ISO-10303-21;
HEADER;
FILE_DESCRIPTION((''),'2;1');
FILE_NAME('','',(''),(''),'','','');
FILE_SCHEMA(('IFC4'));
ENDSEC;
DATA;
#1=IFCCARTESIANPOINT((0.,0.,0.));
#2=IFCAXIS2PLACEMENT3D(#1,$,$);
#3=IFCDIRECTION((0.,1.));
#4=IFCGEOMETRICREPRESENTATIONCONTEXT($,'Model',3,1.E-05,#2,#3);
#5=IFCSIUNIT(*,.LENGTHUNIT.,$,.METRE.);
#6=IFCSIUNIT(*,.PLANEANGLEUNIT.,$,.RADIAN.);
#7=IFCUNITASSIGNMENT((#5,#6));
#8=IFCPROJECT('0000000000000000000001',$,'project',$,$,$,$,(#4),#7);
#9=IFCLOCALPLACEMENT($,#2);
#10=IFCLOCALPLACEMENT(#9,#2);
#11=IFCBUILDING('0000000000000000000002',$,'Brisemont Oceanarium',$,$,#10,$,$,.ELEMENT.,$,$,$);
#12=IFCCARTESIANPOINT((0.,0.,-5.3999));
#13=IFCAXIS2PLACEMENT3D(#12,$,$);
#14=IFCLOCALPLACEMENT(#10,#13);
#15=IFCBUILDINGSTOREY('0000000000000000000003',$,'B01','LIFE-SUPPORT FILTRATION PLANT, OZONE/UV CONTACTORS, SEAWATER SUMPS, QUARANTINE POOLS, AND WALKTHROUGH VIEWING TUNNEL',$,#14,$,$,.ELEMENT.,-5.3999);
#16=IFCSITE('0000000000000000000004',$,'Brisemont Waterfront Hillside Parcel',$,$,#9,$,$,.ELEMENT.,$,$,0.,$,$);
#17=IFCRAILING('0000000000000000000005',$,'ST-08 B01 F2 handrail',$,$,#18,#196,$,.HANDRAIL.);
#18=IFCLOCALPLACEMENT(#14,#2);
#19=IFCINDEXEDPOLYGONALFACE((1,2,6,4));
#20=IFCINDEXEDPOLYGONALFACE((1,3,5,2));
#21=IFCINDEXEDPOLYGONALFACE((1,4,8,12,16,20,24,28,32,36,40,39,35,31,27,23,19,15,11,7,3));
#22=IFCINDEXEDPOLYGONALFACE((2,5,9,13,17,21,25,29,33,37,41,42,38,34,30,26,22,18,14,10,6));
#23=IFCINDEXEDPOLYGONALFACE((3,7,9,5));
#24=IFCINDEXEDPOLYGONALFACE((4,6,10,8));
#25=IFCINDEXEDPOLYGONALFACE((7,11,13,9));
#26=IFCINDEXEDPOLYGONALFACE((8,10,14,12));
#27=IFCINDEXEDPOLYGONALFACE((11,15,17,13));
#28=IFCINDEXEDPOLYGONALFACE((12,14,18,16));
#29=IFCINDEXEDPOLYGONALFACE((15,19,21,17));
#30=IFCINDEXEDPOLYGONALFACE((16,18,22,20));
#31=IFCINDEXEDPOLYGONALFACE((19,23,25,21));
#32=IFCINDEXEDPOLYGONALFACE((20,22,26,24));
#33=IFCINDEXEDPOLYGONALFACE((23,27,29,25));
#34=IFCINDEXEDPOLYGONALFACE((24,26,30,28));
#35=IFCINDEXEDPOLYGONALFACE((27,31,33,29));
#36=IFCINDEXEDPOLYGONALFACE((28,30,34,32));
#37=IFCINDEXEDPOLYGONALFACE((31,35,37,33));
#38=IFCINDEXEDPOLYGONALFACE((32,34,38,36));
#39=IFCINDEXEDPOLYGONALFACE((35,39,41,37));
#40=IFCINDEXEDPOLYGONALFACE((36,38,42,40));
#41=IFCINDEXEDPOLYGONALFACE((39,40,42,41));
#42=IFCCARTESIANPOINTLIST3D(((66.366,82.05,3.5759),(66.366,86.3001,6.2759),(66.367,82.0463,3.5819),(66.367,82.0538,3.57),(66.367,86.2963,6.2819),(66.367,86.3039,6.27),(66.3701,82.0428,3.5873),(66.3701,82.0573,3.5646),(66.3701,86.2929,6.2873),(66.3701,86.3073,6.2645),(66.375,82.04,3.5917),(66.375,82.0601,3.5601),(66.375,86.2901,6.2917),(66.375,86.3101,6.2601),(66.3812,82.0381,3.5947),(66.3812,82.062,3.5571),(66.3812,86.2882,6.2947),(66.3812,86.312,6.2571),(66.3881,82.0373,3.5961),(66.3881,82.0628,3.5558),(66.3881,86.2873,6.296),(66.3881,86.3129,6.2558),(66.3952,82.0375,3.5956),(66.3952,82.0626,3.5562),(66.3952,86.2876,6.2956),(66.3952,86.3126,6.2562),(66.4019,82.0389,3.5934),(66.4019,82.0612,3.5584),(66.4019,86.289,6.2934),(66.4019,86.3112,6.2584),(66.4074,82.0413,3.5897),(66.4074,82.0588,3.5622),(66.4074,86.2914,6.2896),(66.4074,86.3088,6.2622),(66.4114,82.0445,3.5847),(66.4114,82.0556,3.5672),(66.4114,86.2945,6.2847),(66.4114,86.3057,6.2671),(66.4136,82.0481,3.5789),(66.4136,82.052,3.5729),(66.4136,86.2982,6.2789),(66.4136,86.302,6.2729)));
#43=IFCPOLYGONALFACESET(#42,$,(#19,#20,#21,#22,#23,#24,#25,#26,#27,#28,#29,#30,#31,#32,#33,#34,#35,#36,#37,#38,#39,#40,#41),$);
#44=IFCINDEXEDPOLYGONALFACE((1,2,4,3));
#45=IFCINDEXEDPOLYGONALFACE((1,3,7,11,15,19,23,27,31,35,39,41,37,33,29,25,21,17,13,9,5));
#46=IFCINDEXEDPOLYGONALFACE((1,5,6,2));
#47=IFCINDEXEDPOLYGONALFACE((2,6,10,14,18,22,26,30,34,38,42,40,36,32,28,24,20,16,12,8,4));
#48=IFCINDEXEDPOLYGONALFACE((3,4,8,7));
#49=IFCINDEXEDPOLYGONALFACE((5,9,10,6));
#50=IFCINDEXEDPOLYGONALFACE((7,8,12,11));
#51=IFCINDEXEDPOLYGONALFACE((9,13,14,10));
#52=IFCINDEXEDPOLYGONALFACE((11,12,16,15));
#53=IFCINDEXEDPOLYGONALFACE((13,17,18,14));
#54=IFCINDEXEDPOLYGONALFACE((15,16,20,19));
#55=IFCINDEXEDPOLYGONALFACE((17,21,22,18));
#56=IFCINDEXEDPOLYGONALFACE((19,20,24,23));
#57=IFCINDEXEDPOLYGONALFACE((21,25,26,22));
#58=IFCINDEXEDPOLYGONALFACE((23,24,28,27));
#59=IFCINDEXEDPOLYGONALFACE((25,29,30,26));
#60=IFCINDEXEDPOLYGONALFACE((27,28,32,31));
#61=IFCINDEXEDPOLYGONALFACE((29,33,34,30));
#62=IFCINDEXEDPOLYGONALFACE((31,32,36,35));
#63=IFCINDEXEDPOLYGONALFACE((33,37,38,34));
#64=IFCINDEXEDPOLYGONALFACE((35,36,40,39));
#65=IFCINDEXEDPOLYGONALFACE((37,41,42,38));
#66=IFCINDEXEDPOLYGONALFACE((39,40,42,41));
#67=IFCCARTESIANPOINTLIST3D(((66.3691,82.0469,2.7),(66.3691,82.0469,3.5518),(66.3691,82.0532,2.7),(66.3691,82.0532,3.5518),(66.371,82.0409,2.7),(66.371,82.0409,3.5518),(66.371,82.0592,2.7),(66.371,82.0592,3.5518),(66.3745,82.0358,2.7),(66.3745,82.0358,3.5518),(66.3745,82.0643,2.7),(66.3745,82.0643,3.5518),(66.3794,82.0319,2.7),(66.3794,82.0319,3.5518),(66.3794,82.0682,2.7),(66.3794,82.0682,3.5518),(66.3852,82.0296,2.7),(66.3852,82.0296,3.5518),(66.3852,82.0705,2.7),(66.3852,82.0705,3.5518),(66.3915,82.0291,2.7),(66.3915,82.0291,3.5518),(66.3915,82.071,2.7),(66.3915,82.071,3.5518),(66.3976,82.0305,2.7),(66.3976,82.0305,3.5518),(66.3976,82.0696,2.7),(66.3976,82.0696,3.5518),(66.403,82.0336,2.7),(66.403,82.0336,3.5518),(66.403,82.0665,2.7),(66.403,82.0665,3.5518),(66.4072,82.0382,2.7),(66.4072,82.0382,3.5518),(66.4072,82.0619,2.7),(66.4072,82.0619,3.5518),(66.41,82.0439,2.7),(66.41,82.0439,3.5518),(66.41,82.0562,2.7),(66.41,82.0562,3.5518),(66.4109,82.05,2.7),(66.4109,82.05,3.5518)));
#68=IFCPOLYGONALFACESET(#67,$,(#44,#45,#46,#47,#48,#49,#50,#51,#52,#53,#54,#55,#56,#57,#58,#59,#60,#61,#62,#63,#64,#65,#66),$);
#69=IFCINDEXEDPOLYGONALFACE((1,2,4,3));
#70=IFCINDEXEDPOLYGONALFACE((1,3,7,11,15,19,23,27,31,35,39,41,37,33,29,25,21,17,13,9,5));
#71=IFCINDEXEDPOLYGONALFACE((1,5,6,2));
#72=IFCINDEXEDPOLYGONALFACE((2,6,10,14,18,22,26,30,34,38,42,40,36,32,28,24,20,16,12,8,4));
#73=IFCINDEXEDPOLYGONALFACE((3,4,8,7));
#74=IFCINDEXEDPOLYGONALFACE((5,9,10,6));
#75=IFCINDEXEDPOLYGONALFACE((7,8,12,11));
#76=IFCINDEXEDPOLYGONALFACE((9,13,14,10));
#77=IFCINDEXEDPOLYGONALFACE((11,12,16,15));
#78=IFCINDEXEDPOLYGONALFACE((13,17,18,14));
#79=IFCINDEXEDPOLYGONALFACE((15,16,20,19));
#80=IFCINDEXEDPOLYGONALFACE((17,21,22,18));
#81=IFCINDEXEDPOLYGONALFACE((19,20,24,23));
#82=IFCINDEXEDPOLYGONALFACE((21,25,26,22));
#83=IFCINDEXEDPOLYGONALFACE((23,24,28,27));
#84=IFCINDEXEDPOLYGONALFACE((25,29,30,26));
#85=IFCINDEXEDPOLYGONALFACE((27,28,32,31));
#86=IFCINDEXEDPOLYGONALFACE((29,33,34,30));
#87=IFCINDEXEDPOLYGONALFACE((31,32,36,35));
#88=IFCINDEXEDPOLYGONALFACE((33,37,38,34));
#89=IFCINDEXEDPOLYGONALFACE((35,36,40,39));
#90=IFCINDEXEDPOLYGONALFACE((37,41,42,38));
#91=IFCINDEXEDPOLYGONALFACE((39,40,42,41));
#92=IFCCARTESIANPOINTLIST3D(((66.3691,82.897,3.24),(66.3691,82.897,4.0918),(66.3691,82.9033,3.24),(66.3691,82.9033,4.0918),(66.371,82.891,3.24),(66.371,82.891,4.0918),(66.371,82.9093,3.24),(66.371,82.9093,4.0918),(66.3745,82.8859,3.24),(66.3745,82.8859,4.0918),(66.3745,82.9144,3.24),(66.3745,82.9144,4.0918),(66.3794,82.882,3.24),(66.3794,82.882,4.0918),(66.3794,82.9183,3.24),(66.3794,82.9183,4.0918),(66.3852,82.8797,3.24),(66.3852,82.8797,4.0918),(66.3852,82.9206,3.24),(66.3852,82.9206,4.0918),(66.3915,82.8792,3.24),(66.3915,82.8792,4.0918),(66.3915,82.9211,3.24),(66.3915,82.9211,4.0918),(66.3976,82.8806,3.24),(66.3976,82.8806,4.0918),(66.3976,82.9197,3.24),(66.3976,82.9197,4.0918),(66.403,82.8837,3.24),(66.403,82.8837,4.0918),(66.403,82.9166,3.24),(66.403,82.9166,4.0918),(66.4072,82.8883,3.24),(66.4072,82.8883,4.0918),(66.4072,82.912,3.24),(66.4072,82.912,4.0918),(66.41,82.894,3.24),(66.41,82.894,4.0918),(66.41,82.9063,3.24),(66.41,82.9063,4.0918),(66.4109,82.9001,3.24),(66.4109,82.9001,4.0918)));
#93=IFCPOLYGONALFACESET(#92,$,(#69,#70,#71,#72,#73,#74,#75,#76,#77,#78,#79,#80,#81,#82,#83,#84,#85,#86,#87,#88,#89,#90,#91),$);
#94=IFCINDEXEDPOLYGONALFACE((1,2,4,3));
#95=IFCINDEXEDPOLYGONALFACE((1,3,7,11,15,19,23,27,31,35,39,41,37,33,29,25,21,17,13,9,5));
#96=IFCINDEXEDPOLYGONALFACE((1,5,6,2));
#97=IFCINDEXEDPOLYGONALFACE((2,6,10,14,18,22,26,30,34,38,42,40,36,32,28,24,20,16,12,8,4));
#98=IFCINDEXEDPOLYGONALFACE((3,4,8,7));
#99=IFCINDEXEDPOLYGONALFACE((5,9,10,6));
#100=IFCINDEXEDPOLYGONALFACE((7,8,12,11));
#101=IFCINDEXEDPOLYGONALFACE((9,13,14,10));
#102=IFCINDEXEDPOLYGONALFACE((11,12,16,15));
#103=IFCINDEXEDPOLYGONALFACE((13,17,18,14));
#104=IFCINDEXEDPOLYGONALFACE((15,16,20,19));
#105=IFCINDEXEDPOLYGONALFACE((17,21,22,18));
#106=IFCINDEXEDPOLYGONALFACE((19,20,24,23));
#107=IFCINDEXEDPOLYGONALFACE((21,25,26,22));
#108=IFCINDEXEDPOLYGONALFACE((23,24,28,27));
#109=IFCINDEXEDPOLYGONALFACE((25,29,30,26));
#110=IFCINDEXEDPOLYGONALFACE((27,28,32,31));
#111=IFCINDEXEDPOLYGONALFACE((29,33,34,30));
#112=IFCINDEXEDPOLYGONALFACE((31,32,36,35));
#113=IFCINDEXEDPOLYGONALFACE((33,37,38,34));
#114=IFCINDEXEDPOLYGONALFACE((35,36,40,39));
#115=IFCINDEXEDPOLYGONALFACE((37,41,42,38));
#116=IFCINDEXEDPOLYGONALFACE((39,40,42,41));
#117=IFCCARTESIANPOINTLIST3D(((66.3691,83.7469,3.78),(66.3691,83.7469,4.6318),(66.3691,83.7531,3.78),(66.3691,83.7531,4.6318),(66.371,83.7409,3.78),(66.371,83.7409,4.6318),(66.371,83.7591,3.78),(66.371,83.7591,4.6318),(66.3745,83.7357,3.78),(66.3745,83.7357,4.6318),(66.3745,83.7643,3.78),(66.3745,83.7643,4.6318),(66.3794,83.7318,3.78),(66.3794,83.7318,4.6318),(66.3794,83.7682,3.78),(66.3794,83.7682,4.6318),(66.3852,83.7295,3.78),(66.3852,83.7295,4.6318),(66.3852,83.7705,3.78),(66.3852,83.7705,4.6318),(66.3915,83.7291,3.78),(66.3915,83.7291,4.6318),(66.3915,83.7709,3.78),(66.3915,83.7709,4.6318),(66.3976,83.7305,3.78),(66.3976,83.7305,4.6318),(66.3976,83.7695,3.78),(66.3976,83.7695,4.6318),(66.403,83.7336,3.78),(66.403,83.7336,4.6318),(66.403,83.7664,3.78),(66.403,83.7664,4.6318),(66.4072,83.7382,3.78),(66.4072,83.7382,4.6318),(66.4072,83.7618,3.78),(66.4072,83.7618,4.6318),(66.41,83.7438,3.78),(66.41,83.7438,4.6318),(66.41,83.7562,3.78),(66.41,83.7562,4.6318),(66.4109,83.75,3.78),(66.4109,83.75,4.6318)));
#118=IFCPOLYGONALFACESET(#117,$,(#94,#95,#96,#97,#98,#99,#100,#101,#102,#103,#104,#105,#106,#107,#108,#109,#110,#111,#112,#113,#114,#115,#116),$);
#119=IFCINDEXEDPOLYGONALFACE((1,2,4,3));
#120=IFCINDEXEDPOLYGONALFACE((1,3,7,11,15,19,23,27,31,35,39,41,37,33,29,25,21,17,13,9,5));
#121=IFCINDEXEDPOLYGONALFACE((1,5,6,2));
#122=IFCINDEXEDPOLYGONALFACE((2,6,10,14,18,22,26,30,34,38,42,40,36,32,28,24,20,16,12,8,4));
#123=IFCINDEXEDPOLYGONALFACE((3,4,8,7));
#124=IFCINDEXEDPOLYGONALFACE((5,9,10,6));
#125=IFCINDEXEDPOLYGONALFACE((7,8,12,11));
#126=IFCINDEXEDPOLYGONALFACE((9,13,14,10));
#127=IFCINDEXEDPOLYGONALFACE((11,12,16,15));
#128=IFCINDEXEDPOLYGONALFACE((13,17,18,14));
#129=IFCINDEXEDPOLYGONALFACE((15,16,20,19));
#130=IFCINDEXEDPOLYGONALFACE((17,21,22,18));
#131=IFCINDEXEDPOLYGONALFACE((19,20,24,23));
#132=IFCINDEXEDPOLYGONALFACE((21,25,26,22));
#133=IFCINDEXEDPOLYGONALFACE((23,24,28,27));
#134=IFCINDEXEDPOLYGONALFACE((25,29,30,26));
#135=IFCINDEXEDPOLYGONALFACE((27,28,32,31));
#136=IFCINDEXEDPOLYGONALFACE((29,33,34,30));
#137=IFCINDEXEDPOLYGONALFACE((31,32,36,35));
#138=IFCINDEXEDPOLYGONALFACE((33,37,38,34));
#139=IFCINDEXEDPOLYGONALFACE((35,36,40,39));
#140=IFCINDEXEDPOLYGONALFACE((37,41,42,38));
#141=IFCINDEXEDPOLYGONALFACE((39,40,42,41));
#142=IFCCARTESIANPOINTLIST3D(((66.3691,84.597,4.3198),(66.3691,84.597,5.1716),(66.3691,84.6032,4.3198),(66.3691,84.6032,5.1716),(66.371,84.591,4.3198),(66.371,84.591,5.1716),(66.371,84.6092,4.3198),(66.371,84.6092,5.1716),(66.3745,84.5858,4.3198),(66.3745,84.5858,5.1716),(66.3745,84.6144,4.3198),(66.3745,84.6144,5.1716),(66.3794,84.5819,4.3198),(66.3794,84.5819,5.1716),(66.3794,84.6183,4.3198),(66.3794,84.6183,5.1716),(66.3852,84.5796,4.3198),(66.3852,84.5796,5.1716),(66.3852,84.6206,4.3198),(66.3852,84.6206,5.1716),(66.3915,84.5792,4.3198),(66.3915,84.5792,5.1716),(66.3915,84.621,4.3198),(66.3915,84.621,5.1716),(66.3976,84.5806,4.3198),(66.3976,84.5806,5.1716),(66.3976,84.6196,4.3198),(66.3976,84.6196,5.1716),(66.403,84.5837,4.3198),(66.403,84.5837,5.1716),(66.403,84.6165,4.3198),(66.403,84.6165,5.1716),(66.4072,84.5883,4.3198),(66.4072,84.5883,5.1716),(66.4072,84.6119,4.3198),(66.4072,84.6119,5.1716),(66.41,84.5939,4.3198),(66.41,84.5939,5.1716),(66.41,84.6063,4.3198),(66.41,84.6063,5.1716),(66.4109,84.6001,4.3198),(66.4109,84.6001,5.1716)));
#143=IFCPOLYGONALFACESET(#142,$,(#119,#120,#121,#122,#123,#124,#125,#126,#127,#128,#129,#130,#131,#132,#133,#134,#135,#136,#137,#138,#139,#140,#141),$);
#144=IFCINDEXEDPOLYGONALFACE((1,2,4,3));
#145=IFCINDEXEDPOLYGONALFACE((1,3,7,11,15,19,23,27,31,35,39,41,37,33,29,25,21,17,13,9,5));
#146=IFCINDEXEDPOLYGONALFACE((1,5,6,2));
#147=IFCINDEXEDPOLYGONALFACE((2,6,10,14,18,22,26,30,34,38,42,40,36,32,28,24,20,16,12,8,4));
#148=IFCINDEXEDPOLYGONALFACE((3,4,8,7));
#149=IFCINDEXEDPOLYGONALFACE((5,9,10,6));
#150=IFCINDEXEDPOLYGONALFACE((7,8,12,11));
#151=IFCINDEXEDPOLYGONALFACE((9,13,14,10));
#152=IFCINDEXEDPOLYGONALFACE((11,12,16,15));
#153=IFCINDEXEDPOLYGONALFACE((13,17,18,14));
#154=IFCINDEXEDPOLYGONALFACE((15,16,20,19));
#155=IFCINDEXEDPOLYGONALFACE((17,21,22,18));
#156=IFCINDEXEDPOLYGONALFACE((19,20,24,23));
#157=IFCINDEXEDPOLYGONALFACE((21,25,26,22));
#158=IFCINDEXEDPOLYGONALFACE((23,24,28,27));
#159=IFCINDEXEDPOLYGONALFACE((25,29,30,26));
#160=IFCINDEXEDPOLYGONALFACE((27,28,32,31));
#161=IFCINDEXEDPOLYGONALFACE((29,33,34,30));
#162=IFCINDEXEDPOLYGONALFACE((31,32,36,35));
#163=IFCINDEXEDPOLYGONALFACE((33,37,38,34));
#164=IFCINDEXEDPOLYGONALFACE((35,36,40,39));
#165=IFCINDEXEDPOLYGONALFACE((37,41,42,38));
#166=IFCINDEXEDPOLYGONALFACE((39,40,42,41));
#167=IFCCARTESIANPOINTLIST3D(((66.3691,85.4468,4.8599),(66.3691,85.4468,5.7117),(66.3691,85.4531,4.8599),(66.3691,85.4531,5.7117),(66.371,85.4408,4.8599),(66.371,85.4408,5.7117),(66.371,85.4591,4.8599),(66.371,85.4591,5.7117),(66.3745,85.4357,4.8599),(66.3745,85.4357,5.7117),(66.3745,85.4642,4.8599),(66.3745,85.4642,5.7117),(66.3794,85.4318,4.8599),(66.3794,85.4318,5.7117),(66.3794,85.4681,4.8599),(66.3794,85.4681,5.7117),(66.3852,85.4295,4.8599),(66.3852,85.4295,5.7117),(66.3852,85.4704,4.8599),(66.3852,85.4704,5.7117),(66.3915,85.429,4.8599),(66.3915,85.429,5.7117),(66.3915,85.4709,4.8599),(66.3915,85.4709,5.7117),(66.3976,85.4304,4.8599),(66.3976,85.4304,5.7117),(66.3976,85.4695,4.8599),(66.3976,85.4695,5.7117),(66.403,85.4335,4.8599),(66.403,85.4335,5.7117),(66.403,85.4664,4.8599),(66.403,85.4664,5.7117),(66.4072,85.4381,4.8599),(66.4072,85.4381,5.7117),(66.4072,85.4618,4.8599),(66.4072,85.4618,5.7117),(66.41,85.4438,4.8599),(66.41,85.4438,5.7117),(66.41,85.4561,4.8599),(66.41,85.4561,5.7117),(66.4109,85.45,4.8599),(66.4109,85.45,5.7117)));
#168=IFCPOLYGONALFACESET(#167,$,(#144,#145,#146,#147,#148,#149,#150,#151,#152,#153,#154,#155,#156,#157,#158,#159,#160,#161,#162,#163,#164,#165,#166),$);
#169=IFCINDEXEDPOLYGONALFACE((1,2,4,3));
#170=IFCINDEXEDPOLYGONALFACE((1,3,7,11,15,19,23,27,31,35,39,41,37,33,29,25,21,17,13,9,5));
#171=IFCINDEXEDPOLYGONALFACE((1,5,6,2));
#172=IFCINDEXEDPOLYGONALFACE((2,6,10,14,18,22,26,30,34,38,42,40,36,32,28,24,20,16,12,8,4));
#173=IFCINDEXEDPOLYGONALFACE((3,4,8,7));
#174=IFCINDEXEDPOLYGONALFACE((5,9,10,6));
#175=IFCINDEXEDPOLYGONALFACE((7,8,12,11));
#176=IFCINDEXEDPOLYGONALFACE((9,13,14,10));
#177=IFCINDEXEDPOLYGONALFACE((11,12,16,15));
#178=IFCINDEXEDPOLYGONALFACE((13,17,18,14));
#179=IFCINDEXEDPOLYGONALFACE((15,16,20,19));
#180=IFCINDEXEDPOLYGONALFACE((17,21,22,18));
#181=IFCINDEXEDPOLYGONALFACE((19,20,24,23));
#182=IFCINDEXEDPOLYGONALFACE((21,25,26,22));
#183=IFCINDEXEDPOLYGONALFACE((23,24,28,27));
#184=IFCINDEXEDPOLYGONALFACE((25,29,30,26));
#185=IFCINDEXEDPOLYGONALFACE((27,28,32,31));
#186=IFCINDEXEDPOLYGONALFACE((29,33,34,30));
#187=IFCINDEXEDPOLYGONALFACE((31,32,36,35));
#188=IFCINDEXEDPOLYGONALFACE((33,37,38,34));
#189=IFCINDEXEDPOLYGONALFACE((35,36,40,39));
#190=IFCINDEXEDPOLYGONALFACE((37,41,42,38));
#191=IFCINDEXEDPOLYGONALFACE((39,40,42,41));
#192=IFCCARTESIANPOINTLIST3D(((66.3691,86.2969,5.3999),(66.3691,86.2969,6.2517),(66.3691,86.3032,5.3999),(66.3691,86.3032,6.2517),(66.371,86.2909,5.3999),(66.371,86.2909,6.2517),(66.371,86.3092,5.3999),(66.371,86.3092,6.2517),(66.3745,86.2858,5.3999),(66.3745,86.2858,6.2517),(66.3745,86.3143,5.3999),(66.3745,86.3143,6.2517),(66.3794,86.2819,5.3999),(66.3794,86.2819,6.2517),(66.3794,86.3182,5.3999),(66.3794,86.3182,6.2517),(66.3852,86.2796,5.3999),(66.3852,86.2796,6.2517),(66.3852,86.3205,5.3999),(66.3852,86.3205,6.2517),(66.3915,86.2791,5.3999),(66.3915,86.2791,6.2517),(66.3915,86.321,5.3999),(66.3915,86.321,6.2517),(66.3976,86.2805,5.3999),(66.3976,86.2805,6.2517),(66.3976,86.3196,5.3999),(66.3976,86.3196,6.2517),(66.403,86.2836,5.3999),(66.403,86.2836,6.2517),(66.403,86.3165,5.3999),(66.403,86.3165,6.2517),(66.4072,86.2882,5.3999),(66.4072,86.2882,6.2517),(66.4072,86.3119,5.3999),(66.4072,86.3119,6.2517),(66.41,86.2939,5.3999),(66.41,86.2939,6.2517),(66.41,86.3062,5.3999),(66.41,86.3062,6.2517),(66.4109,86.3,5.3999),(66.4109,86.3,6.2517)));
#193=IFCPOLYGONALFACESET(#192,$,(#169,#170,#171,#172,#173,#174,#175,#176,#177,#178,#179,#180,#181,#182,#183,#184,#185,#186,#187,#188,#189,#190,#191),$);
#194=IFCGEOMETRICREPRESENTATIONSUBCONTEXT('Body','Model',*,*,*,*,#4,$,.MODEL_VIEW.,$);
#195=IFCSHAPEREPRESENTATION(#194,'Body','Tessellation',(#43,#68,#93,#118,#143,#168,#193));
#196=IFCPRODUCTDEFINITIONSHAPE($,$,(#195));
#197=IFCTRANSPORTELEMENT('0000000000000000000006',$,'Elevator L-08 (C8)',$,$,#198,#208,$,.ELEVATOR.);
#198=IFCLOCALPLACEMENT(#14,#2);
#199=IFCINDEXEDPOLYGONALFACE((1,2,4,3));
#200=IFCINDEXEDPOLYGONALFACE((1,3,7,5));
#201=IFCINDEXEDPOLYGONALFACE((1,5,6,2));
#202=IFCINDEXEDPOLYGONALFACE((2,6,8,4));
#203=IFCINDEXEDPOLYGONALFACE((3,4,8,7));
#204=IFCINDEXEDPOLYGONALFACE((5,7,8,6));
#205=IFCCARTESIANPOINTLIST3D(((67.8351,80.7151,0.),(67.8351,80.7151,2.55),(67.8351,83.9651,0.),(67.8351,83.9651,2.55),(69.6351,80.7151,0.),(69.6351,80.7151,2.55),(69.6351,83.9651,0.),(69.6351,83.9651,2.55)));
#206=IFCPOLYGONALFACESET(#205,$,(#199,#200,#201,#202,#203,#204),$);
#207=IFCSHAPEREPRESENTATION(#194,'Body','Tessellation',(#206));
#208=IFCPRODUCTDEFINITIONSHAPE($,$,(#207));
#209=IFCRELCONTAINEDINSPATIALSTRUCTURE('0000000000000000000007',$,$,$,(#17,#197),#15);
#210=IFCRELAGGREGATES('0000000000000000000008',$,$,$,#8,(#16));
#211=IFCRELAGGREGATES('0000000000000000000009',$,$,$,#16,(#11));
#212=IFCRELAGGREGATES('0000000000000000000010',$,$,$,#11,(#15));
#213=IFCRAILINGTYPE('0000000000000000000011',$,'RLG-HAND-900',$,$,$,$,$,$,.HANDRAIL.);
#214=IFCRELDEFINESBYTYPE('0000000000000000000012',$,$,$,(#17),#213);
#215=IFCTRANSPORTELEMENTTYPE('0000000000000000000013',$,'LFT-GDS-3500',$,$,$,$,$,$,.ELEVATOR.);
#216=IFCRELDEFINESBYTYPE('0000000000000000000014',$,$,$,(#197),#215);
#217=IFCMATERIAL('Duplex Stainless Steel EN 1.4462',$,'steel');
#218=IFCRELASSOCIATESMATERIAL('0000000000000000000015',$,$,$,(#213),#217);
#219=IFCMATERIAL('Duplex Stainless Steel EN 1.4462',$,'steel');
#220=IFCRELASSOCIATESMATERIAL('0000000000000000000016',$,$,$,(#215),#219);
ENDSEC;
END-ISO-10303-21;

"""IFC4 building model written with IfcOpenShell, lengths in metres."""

from ifc_helpers import new_model, si_unit, direction, frame, origin, origin_2d, place, context, subcontext, project, spatial, rectangle, circle, extrude, material, type_object, element, save


model = new_model("IFC4")

# Units and contexts
model_context = context("Model", 3, precision=1e-05, world=origin(), true_north=direction((0.0, 1.0)))
body_context = subcontext(model_context, "Body", "Model", "MODEL_VIEW")
ifc_project = project(units=[si_unit("LENGTHUNIT", "METRE"), si_unit("PLANEANGLEUNIT", "RADIAN")], contexts=[model_context])

# Site, building, storey
site_placement = place(None, origin())
site = spatial("IfcSite", under=ifc_project, at=site_placement, Name="Brisemont Waterfront Hillside Parcel", CompositionType="ELEMENT", RefElevation=0.0)
building_placement = place(site_placement, origin())
building = spatial("IfcBuilding", under=site, at=building_placement, Name="Brisemont Oceanarium", CompositionType="ELEMENT")
storey_placement = place(building_placement, frame((0.0, 0.0, -5.3999)))
storey = spatial("IfcBuildingStorey", under=building, at=storey_placement, Name="B01", Description="LIFE-SUPPORT FILTRATION PLANT, OZONE/UV CONTACTORS, SEAWATER SUMPS, QUARANTINE POOLS, AND WALKTHROUGH VIEWING TUNNEL", CompositionType="ELEMENT", Elevation=-5.3999)

# Railing
ifc_material_1 = material(Name="Duplex Stainless Steel EN 1.4462", Category="steel")
railing_type_1 = type_object("IfcRailingType", Name="RLG-HAND-900", PredefinedType="HANDRAIL", material=ifc_material_1)
railing_1_placement = place(storey_placement, frame((66.3899, 82.05, 2.7)))
element("IfcRailing", 1, at=railing_1_placement, inside=storey, type_object=railing_type_1, Name="ST-08 B01 F2 handrail", PredefinedType="HANDRAIL", context=body_context, shape_type="SweptSolid", body=[
    extrude(circle(Radius=0.0239, at=origin_2d()), frame((0.0, 0.0, 0.876), z_axis=(0.0, 0.844075, 0.536226), x_axis=(-1.0, 0.0, 0.0)), (0.0, 0.0, 1.0), 5.0352),
    extrude(circle(Radius=0.021, at=origin_2d()), origin(), (0.0, 0.0, 1.0), 0.8518),
    extrude(circle(Radius=0.021, at=origin_2d()), frame((0.0, 0.8501, 0.54)), (0.0, 0.0, 1.0), 0.8518),
    extrude(circle(Radius=0.021, at=origin_2d()), frame((0.0, 1.7, 1.0801)), (0.0, 0.0, 1.0), 0.8518),
    extrude(circle(Radius=0.021, at=origin_2d()), frame((0.0, 2.55, 1.6199)), (0.0, 0.0, 1.0), 0.8518),
    extrude(circle(Radius=0.021, at=origin_2d()), frame((0.0, 3.3999, 2.1599)), (0.0, 0.0, 1.0), 0.8518),
    extrude(circle(Radius=0.021, at=origin_2d()), frame((0.0, 4.25, 2.7)), (0.0, 0.0, 1.0), 0.8518),
])

# Transport element
ifc_material_2 = material(Name="Duplex Stainless Steel EN 1.4462", Category="steel")
transport_element_type = type_object("IfcTransportElementType", Name="LFT-GDS-3500", PredefinedType="ELEVATOR", material=ifc_material_2)
transport_element_placement = place(storey_placement, frame((68.7351, 82.3401, 0.0), z_axis=(0.0, 0.0, 1.0), x_axis=(1.0, 0.0, 0.0)))
element("IfcTransportElement", 2, at=transport_element_placement, inside=storey, type_object=transport_element_type, Name="Elevator L-08 (C8)", PredefinedType="ELEVATOR", context=body_context, shape_type="SweptSolid", body=[
    extrude(rectangle(XDim=1.8, YDim=3.25, at=origin_2d()), origin(), (0.0, 0.0, 1.0), 2.55),
])

save(model, "model.ifc")
